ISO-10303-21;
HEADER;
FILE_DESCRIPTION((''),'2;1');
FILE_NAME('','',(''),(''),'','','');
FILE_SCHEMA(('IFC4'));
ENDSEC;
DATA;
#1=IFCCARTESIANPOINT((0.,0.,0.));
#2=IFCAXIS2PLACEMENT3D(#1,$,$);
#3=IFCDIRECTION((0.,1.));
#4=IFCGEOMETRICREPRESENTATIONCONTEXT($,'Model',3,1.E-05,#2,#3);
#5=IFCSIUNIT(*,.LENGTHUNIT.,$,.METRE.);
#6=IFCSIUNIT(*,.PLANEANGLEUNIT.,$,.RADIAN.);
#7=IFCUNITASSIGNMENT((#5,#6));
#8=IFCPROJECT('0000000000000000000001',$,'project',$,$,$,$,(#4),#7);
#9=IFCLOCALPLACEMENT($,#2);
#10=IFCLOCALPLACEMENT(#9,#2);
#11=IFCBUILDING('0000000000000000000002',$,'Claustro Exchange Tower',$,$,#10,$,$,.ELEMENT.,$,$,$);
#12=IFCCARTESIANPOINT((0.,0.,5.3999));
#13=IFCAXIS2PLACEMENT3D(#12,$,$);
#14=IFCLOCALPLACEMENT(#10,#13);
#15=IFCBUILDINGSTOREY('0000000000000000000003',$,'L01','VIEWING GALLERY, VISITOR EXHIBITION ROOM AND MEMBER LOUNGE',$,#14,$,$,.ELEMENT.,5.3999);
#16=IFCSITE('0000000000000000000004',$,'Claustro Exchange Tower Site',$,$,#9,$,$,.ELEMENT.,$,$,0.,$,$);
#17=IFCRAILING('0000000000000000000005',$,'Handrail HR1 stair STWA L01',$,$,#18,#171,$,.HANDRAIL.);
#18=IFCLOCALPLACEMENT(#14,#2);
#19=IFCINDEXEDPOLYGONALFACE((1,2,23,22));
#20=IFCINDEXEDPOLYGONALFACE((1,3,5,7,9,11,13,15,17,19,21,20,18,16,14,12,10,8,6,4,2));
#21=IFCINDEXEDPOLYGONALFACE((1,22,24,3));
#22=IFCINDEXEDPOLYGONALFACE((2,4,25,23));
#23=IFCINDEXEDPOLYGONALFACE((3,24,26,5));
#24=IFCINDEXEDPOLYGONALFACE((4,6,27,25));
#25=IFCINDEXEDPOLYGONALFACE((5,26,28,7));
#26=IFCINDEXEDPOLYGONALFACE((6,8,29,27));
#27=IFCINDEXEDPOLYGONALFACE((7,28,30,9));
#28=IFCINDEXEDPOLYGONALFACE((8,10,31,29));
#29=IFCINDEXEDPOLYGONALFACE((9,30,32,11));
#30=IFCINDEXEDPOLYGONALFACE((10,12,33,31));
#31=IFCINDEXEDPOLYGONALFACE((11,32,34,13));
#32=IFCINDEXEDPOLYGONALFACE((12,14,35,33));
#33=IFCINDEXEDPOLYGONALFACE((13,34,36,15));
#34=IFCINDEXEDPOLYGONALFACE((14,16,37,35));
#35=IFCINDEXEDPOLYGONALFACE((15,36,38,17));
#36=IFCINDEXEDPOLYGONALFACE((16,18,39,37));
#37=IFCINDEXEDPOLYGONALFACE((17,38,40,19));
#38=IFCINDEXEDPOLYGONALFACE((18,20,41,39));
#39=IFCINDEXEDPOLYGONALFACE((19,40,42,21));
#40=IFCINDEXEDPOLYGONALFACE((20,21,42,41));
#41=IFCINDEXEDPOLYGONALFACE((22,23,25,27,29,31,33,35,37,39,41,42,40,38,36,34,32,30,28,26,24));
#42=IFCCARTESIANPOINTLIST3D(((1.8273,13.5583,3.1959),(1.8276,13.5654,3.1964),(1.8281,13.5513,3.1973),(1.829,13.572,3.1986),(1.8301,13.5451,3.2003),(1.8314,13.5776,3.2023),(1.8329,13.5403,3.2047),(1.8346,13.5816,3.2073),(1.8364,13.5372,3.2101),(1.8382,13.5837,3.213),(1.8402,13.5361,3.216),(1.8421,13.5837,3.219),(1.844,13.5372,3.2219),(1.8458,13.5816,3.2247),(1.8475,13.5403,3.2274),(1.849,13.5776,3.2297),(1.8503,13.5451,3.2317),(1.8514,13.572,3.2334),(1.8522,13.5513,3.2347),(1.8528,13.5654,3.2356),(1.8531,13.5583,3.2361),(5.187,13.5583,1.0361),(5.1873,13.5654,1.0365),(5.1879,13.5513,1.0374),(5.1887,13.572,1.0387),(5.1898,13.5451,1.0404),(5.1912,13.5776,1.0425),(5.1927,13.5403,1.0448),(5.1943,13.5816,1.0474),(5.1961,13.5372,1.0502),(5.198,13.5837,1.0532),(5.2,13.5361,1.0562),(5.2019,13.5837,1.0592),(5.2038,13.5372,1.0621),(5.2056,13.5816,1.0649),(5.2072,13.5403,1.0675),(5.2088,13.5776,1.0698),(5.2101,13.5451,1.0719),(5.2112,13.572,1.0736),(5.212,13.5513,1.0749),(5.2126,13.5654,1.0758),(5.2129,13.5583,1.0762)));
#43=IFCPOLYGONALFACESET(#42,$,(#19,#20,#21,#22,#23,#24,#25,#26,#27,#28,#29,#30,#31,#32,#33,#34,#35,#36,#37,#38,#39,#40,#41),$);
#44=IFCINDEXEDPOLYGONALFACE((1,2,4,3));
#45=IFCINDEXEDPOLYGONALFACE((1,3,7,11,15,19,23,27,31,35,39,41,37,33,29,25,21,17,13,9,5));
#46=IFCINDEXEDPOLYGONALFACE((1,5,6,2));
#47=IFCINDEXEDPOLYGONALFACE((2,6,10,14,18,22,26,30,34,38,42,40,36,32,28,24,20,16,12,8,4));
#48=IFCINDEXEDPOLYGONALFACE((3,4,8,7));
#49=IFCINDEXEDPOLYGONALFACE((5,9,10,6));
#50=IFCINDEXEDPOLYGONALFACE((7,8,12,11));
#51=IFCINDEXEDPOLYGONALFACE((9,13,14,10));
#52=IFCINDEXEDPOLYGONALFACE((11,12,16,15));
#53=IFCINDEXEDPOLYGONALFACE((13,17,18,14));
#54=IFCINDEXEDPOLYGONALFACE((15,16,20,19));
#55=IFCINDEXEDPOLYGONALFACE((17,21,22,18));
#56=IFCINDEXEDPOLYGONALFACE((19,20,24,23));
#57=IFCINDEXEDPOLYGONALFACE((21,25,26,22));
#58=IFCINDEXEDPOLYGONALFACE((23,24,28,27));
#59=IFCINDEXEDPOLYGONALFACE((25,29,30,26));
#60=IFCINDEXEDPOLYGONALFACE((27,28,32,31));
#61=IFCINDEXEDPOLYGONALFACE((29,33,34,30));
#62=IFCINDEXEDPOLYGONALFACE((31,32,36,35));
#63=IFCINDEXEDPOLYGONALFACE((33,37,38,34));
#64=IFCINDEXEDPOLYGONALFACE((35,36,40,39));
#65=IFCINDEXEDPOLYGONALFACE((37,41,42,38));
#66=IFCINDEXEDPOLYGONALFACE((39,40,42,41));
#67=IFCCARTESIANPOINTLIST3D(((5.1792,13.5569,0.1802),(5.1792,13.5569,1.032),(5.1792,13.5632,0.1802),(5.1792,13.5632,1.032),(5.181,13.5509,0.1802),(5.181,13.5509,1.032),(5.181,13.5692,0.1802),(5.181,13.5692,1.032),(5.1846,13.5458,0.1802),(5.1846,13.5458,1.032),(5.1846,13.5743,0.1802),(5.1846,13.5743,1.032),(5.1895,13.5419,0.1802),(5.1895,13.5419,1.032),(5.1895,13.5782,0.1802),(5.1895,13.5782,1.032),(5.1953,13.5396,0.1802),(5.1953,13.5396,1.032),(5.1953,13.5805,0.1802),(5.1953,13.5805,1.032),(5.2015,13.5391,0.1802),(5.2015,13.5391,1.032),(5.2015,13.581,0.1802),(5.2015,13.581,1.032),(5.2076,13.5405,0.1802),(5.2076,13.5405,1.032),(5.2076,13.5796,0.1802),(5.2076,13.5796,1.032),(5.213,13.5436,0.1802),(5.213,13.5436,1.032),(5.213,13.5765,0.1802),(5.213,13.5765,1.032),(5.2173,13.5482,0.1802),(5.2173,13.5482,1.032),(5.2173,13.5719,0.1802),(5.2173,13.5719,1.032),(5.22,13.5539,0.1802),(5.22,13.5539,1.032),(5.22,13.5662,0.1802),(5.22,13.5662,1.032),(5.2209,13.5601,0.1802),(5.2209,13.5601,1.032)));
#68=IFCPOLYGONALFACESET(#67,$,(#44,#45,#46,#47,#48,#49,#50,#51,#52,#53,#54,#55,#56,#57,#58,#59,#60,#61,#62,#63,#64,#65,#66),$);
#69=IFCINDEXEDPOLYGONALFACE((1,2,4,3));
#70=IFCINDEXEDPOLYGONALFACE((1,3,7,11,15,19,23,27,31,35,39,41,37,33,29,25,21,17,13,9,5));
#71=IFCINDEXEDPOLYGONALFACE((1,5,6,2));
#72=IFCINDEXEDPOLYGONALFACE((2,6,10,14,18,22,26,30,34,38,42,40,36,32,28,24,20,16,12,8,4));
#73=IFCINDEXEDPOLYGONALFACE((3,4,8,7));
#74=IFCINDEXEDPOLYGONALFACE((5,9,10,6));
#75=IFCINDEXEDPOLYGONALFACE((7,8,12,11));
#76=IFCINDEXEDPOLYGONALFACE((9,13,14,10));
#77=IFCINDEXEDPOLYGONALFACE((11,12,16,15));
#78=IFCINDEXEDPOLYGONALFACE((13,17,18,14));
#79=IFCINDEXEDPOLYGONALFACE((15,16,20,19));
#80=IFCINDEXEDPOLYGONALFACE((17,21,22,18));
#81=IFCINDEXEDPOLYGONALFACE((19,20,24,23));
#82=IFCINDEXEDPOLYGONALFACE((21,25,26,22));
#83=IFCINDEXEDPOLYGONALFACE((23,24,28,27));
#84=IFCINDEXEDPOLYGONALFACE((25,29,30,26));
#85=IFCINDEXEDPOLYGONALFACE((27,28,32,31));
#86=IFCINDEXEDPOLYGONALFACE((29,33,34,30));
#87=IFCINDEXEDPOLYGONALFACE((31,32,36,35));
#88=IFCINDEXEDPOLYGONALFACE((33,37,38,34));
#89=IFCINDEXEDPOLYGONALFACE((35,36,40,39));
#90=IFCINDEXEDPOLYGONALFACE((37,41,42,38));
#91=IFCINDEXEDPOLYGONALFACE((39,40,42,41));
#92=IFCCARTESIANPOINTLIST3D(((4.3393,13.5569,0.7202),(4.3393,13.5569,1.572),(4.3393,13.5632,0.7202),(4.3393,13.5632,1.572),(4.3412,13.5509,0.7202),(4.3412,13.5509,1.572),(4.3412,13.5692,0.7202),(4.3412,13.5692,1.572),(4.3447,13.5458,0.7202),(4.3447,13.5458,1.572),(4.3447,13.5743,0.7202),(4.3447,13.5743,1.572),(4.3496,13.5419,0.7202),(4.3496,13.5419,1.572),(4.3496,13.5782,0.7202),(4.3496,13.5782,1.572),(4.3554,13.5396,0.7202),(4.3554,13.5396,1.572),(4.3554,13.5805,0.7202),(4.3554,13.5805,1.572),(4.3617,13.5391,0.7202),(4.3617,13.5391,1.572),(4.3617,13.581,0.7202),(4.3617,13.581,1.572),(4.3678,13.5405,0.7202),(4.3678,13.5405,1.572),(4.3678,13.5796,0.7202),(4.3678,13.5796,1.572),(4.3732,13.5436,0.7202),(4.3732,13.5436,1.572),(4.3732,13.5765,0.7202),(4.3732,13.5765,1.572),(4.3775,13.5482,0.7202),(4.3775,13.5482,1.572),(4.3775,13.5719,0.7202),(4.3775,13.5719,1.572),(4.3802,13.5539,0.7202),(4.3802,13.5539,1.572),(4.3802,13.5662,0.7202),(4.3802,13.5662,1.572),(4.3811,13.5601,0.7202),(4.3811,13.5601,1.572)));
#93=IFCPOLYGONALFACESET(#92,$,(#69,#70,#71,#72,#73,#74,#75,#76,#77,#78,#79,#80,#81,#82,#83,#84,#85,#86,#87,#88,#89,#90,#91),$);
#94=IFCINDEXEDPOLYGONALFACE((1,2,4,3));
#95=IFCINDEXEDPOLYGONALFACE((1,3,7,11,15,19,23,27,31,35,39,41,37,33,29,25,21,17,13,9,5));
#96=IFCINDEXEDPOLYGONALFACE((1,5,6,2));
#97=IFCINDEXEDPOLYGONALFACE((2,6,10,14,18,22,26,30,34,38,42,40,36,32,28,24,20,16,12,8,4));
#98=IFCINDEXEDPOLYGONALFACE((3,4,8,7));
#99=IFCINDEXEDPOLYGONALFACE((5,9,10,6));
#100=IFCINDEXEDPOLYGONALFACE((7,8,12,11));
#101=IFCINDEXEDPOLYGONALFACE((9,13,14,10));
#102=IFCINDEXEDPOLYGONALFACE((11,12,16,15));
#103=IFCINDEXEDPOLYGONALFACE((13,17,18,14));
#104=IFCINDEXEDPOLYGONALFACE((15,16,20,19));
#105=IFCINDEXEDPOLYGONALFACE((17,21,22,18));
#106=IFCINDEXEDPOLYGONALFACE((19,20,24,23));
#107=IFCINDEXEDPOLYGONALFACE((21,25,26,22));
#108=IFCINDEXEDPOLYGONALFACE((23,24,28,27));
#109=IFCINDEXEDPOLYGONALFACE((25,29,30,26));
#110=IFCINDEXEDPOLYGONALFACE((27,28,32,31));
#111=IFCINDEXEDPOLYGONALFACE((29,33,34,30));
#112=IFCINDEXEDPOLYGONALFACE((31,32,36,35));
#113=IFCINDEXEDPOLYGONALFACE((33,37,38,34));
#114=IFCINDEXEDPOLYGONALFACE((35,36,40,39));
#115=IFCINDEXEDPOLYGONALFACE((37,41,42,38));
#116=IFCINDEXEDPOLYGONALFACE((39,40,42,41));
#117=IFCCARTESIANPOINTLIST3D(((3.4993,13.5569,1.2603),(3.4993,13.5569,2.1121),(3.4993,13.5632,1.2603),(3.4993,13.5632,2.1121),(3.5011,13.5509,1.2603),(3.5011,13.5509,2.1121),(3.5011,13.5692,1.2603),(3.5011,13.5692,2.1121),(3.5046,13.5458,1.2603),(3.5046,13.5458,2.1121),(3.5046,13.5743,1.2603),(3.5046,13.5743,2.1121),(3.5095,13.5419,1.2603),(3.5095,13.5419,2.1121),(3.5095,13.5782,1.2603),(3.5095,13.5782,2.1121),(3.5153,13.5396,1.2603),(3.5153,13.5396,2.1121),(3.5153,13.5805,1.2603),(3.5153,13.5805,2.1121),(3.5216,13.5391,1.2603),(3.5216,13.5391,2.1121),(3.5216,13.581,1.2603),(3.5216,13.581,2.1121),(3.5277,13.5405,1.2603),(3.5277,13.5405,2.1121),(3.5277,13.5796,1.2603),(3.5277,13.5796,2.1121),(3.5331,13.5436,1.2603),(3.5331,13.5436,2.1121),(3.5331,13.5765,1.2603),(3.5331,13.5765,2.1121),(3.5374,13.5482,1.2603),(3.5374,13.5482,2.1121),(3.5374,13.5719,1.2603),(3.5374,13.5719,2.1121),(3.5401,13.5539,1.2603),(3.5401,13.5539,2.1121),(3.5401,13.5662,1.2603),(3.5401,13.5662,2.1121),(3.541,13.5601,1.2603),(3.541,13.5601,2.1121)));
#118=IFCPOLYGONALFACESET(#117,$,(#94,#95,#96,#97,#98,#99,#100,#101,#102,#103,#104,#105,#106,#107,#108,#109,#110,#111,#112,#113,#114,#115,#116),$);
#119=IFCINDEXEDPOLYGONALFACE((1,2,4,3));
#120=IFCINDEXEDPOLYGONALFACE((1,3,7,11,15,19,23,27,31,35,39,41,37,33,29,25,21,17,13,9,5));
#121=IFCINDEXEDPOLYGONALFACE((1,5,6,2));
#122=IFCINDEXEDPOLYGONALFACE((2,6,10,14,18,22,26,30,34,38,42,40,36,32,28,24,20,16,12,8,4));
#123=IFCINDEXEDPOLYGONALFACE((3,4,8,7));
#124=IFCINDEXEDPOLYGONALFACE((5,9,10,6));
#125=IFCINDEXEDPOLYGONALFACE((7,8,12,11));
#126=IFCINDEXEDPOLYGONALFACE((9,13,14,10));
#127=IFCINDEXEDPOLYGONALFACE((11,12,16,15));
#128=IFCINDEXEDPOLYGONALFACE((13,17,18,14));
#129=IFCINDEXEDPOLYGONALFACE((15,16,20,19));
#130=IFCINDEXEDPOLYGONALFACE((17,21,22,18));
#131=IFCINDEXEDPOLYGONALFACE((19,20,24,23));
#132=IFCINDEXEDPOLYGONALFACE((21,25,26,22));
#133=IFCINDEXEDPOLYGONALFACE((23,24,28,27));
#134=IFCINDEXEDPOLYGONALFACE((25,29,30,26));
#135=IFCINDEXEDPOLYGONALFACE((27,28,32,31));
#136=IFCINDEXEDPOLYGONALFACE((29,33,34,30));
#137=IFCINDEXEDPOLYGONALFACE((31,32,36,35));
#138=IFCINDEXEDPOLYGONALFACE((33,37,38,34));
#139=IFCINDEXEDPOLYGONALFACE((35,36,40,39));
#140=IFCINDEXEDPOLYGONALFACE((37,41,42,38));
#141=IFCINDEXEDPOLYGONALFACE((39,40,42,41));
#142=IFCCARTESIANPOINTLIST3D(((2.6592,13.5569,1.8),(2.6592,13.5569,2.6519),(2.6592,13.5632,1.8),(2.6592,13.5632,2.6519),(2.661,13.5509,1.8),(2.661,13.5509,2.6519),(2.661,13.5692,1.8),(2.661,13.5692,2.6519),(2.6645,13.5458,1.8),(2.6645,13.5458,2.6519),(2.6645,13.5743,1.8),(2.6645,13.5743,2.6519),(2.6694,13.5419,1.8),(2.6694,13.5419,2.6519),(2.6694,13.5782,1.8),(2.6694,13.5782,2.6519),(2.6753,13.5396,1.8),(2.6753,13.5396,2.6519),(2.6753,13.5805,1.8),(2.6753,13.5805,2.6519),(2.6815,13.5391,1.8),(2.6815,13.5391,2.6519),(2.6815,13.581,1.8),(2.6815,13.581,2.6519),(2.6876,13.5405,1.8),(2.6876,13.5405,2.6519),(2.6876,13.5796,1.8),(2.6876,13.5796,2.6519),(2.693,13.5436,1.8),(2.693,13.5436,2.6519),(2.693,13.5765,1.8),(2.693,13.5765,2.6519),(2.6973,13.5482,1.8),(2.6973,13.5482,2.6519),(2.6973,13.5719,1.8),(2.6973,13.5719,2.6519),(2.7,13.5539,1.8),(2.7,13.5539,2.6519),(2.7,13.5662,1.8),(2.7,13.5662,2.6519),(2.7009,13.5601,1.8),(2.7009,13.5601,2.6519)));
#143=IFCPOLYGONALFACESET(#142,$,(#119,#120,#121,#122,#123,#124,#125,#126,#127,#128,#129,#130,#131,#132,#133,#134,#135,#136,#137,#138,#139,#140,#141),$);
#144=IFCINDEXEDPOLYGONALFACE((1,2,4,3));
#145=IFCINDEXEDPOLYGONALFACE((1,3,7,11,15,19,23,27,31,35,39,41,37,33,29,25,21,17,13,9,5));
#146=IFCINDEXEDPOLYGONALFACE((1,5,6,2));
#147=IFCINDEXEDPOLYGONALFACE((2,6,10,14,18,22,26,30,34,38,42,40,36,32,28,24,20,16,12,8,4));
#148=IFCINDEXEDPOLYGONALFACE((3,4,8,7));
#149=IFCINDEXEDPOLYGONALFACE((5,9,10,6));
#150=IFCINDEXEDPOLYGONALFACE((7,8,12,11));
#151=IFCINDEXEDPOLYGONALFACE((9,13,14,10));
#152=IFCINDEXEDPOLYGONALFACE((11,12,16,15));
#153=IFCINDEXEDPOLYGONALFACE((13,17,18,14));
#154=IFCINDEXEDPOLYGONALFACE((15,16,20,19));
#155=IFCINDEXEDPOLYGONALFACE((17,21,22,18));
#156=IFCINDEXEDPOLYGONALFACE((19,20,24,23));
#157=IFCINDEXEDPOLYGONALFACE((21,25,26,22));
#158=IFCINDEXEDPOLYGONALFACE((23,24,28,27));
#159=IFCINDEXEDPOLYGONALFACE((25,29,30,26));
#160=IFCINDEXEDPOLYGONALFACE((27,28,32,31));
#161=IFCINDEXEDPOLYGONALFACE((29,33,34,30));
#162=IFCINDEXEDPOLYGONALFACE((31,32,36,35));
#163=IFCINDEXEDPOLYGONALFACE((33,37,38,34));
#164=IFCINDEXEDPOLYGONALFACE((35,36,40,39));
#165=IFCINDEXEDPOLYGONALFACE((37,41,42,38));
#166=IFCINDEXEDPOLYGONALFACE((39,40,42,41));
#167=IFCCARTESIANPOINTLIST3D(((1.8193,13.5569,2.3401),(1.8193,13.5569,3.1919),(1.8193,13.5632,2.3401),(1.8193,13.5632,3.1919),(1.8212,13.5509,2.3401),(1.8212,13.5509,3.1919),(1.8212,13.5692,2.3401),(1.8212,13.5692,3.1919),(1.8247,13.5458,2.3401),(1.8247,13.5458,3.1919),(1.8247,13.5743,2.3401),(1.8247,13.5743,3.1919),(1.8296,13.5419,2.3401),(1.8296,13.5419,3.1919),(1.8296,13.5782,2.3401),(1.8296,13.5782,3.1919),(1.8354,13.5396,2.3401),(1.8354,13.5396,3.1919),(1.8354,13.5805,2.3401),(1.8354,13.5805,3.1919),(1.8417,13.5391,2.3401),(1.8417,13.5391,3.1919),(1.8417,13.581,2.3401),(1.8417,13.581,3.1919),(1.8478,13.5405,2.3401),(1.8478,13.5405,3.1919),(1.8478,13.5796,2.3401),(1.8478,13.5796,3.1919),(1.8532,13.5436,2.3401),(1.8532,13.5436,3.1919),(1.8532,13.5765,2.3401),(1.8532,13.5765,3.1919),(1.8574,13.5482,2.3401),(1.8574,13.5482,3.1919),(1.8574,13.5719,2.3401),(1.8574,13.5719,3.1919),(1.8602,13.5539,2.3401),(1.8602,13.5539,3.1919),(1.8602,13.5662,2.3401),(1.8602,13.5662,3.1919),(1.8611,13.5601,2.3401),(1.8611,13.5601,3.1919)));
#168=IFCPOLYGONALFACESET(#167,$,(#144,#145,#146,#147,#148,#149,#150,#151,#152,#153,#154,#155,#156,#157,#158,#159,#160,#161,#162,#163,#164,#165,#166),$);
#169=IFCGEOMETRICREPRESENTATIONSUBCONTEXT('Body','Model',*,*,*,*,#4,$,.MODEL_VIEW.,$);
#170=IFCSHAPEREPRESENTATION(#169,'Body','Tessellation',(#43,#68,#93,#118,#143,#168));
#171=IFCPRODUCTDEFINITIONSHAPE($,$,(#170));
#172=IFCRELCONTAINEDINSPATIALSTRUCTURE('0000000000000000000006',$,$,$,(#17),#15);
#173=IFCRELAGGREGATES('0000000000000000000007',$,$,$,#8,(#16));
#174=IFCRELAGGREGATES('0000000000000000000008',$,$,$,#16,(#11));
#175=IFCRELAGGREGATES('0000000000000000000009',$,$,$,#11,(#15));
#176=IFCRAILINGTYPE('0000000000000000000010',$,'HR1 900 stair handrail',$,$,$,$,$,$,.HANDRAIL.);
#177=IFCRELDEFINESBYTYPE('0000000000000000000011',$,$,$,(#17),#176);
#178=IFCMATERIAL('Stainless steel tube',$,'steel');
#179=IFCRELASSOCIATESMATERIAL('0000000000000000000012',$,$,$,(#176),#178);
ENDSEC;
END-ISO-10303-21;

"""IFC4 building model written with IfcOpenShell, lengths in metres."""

from ifc_helpers import new_model, si_unit, direction, frame, origin, origin_2d, place, context, subcontext, project, spatial, circle, extrude, material, type_object, element, save


model = new_model("IFC4")

# Units and contexts
model_context = context("Model", 3, precision=1e-05, world=origin(), true_north=direction((0.0, 1.0)))
body_context = subcontext(model_context, "Body", "Model", "MODEL_VIEW")
ifc_project = project(units=[si_unit("LENGTHUNIT", "METRE"), si_unit("PLANEANGLEUNIT", "RADIAN")], contexts=[model_context])

# Site, building, storey
site_placement = place(None, origin())
site = spatial("IfcSite", under=ifc_project, at=site_placement, Name="Claustro Exchange Tower Site", CompositionType="ELEMENT", RefElevation=0.0)
building_placement = place(site_placement, origin())
building = spatial("IfcBuilding", under=site, at=building_placement, Name="Claustro Exchange Tower", CompositionType="ELEMENT")
storey_placement = place(building_placement, frame((0.0, 0.0, 5.3999)))
storey = spatial("IfcBuildingStorey", under=building, at=storey_placement, Name="L01", Description="VIEWING GALLERY, VISITOR EXHIBITION ROOM AND MEMBER LOUNGE", CompositionType="ELEMENT", Elevation=5.3999)

# Railing
ifc_material_1 = material(Name="Stainless steel tube", Category="steel")
railing_type_1 = type_object("IfcRailingType", Name="HR1 900 stair handrail", PredefinedType="HANDRAIL", material=ifc_material_1)
railing_1_placement = place(storey_placement, frame((5.2, 13.5601, 0.1802)))
element("IfcRailing", 1, at=railing_1_placement, inside=storey, type_object=railing_type_1, Name="Handrail HR1 stair STWA L01", PredefinedType="HANDRAIL", context=body_context, shape_type="SweptSolid", body=[
    extrude(circle(Radius=0.0239, at=origin_2d()), frame((0.0, 0.0, 0.876), z_axis=(-0.841178, 0.0, 0.540758), x_axis=(0.0, -1.0, 0.0)), (0.0, 0.0, 1.0), 3.9941),
    extrude(circle(Radius=0.021, at=origin_2d()), origin(), (0.0, 0.0, 1.0), 0.8518),
    extrude(circle(Radius=0.021, at=origin_2d()), frame((-0.8398, 0.0, 0.54)), (0.0, 0.0, 1.0), 0.8518),
    extrude(circle(Radius=0.021, at=origin_2d()), frame((-1.6799, 0.0, 1.0801)), (0.0, 0.0, 1.0), 0.8518),
    extrude(circle(Radius=0.021, at=origin_2d()), frame((-2.52, 0.0, 1.6199)), (0.0, 0.0, 1.0), 0.8518),
    extrude(circle(Radius=0.021, at=origin_2d()), frame((-3.3599, 0.0, 2.1599)), (0.0, 0.0, 1.0), 0.8518),
])

save(model, "model.ifc")
